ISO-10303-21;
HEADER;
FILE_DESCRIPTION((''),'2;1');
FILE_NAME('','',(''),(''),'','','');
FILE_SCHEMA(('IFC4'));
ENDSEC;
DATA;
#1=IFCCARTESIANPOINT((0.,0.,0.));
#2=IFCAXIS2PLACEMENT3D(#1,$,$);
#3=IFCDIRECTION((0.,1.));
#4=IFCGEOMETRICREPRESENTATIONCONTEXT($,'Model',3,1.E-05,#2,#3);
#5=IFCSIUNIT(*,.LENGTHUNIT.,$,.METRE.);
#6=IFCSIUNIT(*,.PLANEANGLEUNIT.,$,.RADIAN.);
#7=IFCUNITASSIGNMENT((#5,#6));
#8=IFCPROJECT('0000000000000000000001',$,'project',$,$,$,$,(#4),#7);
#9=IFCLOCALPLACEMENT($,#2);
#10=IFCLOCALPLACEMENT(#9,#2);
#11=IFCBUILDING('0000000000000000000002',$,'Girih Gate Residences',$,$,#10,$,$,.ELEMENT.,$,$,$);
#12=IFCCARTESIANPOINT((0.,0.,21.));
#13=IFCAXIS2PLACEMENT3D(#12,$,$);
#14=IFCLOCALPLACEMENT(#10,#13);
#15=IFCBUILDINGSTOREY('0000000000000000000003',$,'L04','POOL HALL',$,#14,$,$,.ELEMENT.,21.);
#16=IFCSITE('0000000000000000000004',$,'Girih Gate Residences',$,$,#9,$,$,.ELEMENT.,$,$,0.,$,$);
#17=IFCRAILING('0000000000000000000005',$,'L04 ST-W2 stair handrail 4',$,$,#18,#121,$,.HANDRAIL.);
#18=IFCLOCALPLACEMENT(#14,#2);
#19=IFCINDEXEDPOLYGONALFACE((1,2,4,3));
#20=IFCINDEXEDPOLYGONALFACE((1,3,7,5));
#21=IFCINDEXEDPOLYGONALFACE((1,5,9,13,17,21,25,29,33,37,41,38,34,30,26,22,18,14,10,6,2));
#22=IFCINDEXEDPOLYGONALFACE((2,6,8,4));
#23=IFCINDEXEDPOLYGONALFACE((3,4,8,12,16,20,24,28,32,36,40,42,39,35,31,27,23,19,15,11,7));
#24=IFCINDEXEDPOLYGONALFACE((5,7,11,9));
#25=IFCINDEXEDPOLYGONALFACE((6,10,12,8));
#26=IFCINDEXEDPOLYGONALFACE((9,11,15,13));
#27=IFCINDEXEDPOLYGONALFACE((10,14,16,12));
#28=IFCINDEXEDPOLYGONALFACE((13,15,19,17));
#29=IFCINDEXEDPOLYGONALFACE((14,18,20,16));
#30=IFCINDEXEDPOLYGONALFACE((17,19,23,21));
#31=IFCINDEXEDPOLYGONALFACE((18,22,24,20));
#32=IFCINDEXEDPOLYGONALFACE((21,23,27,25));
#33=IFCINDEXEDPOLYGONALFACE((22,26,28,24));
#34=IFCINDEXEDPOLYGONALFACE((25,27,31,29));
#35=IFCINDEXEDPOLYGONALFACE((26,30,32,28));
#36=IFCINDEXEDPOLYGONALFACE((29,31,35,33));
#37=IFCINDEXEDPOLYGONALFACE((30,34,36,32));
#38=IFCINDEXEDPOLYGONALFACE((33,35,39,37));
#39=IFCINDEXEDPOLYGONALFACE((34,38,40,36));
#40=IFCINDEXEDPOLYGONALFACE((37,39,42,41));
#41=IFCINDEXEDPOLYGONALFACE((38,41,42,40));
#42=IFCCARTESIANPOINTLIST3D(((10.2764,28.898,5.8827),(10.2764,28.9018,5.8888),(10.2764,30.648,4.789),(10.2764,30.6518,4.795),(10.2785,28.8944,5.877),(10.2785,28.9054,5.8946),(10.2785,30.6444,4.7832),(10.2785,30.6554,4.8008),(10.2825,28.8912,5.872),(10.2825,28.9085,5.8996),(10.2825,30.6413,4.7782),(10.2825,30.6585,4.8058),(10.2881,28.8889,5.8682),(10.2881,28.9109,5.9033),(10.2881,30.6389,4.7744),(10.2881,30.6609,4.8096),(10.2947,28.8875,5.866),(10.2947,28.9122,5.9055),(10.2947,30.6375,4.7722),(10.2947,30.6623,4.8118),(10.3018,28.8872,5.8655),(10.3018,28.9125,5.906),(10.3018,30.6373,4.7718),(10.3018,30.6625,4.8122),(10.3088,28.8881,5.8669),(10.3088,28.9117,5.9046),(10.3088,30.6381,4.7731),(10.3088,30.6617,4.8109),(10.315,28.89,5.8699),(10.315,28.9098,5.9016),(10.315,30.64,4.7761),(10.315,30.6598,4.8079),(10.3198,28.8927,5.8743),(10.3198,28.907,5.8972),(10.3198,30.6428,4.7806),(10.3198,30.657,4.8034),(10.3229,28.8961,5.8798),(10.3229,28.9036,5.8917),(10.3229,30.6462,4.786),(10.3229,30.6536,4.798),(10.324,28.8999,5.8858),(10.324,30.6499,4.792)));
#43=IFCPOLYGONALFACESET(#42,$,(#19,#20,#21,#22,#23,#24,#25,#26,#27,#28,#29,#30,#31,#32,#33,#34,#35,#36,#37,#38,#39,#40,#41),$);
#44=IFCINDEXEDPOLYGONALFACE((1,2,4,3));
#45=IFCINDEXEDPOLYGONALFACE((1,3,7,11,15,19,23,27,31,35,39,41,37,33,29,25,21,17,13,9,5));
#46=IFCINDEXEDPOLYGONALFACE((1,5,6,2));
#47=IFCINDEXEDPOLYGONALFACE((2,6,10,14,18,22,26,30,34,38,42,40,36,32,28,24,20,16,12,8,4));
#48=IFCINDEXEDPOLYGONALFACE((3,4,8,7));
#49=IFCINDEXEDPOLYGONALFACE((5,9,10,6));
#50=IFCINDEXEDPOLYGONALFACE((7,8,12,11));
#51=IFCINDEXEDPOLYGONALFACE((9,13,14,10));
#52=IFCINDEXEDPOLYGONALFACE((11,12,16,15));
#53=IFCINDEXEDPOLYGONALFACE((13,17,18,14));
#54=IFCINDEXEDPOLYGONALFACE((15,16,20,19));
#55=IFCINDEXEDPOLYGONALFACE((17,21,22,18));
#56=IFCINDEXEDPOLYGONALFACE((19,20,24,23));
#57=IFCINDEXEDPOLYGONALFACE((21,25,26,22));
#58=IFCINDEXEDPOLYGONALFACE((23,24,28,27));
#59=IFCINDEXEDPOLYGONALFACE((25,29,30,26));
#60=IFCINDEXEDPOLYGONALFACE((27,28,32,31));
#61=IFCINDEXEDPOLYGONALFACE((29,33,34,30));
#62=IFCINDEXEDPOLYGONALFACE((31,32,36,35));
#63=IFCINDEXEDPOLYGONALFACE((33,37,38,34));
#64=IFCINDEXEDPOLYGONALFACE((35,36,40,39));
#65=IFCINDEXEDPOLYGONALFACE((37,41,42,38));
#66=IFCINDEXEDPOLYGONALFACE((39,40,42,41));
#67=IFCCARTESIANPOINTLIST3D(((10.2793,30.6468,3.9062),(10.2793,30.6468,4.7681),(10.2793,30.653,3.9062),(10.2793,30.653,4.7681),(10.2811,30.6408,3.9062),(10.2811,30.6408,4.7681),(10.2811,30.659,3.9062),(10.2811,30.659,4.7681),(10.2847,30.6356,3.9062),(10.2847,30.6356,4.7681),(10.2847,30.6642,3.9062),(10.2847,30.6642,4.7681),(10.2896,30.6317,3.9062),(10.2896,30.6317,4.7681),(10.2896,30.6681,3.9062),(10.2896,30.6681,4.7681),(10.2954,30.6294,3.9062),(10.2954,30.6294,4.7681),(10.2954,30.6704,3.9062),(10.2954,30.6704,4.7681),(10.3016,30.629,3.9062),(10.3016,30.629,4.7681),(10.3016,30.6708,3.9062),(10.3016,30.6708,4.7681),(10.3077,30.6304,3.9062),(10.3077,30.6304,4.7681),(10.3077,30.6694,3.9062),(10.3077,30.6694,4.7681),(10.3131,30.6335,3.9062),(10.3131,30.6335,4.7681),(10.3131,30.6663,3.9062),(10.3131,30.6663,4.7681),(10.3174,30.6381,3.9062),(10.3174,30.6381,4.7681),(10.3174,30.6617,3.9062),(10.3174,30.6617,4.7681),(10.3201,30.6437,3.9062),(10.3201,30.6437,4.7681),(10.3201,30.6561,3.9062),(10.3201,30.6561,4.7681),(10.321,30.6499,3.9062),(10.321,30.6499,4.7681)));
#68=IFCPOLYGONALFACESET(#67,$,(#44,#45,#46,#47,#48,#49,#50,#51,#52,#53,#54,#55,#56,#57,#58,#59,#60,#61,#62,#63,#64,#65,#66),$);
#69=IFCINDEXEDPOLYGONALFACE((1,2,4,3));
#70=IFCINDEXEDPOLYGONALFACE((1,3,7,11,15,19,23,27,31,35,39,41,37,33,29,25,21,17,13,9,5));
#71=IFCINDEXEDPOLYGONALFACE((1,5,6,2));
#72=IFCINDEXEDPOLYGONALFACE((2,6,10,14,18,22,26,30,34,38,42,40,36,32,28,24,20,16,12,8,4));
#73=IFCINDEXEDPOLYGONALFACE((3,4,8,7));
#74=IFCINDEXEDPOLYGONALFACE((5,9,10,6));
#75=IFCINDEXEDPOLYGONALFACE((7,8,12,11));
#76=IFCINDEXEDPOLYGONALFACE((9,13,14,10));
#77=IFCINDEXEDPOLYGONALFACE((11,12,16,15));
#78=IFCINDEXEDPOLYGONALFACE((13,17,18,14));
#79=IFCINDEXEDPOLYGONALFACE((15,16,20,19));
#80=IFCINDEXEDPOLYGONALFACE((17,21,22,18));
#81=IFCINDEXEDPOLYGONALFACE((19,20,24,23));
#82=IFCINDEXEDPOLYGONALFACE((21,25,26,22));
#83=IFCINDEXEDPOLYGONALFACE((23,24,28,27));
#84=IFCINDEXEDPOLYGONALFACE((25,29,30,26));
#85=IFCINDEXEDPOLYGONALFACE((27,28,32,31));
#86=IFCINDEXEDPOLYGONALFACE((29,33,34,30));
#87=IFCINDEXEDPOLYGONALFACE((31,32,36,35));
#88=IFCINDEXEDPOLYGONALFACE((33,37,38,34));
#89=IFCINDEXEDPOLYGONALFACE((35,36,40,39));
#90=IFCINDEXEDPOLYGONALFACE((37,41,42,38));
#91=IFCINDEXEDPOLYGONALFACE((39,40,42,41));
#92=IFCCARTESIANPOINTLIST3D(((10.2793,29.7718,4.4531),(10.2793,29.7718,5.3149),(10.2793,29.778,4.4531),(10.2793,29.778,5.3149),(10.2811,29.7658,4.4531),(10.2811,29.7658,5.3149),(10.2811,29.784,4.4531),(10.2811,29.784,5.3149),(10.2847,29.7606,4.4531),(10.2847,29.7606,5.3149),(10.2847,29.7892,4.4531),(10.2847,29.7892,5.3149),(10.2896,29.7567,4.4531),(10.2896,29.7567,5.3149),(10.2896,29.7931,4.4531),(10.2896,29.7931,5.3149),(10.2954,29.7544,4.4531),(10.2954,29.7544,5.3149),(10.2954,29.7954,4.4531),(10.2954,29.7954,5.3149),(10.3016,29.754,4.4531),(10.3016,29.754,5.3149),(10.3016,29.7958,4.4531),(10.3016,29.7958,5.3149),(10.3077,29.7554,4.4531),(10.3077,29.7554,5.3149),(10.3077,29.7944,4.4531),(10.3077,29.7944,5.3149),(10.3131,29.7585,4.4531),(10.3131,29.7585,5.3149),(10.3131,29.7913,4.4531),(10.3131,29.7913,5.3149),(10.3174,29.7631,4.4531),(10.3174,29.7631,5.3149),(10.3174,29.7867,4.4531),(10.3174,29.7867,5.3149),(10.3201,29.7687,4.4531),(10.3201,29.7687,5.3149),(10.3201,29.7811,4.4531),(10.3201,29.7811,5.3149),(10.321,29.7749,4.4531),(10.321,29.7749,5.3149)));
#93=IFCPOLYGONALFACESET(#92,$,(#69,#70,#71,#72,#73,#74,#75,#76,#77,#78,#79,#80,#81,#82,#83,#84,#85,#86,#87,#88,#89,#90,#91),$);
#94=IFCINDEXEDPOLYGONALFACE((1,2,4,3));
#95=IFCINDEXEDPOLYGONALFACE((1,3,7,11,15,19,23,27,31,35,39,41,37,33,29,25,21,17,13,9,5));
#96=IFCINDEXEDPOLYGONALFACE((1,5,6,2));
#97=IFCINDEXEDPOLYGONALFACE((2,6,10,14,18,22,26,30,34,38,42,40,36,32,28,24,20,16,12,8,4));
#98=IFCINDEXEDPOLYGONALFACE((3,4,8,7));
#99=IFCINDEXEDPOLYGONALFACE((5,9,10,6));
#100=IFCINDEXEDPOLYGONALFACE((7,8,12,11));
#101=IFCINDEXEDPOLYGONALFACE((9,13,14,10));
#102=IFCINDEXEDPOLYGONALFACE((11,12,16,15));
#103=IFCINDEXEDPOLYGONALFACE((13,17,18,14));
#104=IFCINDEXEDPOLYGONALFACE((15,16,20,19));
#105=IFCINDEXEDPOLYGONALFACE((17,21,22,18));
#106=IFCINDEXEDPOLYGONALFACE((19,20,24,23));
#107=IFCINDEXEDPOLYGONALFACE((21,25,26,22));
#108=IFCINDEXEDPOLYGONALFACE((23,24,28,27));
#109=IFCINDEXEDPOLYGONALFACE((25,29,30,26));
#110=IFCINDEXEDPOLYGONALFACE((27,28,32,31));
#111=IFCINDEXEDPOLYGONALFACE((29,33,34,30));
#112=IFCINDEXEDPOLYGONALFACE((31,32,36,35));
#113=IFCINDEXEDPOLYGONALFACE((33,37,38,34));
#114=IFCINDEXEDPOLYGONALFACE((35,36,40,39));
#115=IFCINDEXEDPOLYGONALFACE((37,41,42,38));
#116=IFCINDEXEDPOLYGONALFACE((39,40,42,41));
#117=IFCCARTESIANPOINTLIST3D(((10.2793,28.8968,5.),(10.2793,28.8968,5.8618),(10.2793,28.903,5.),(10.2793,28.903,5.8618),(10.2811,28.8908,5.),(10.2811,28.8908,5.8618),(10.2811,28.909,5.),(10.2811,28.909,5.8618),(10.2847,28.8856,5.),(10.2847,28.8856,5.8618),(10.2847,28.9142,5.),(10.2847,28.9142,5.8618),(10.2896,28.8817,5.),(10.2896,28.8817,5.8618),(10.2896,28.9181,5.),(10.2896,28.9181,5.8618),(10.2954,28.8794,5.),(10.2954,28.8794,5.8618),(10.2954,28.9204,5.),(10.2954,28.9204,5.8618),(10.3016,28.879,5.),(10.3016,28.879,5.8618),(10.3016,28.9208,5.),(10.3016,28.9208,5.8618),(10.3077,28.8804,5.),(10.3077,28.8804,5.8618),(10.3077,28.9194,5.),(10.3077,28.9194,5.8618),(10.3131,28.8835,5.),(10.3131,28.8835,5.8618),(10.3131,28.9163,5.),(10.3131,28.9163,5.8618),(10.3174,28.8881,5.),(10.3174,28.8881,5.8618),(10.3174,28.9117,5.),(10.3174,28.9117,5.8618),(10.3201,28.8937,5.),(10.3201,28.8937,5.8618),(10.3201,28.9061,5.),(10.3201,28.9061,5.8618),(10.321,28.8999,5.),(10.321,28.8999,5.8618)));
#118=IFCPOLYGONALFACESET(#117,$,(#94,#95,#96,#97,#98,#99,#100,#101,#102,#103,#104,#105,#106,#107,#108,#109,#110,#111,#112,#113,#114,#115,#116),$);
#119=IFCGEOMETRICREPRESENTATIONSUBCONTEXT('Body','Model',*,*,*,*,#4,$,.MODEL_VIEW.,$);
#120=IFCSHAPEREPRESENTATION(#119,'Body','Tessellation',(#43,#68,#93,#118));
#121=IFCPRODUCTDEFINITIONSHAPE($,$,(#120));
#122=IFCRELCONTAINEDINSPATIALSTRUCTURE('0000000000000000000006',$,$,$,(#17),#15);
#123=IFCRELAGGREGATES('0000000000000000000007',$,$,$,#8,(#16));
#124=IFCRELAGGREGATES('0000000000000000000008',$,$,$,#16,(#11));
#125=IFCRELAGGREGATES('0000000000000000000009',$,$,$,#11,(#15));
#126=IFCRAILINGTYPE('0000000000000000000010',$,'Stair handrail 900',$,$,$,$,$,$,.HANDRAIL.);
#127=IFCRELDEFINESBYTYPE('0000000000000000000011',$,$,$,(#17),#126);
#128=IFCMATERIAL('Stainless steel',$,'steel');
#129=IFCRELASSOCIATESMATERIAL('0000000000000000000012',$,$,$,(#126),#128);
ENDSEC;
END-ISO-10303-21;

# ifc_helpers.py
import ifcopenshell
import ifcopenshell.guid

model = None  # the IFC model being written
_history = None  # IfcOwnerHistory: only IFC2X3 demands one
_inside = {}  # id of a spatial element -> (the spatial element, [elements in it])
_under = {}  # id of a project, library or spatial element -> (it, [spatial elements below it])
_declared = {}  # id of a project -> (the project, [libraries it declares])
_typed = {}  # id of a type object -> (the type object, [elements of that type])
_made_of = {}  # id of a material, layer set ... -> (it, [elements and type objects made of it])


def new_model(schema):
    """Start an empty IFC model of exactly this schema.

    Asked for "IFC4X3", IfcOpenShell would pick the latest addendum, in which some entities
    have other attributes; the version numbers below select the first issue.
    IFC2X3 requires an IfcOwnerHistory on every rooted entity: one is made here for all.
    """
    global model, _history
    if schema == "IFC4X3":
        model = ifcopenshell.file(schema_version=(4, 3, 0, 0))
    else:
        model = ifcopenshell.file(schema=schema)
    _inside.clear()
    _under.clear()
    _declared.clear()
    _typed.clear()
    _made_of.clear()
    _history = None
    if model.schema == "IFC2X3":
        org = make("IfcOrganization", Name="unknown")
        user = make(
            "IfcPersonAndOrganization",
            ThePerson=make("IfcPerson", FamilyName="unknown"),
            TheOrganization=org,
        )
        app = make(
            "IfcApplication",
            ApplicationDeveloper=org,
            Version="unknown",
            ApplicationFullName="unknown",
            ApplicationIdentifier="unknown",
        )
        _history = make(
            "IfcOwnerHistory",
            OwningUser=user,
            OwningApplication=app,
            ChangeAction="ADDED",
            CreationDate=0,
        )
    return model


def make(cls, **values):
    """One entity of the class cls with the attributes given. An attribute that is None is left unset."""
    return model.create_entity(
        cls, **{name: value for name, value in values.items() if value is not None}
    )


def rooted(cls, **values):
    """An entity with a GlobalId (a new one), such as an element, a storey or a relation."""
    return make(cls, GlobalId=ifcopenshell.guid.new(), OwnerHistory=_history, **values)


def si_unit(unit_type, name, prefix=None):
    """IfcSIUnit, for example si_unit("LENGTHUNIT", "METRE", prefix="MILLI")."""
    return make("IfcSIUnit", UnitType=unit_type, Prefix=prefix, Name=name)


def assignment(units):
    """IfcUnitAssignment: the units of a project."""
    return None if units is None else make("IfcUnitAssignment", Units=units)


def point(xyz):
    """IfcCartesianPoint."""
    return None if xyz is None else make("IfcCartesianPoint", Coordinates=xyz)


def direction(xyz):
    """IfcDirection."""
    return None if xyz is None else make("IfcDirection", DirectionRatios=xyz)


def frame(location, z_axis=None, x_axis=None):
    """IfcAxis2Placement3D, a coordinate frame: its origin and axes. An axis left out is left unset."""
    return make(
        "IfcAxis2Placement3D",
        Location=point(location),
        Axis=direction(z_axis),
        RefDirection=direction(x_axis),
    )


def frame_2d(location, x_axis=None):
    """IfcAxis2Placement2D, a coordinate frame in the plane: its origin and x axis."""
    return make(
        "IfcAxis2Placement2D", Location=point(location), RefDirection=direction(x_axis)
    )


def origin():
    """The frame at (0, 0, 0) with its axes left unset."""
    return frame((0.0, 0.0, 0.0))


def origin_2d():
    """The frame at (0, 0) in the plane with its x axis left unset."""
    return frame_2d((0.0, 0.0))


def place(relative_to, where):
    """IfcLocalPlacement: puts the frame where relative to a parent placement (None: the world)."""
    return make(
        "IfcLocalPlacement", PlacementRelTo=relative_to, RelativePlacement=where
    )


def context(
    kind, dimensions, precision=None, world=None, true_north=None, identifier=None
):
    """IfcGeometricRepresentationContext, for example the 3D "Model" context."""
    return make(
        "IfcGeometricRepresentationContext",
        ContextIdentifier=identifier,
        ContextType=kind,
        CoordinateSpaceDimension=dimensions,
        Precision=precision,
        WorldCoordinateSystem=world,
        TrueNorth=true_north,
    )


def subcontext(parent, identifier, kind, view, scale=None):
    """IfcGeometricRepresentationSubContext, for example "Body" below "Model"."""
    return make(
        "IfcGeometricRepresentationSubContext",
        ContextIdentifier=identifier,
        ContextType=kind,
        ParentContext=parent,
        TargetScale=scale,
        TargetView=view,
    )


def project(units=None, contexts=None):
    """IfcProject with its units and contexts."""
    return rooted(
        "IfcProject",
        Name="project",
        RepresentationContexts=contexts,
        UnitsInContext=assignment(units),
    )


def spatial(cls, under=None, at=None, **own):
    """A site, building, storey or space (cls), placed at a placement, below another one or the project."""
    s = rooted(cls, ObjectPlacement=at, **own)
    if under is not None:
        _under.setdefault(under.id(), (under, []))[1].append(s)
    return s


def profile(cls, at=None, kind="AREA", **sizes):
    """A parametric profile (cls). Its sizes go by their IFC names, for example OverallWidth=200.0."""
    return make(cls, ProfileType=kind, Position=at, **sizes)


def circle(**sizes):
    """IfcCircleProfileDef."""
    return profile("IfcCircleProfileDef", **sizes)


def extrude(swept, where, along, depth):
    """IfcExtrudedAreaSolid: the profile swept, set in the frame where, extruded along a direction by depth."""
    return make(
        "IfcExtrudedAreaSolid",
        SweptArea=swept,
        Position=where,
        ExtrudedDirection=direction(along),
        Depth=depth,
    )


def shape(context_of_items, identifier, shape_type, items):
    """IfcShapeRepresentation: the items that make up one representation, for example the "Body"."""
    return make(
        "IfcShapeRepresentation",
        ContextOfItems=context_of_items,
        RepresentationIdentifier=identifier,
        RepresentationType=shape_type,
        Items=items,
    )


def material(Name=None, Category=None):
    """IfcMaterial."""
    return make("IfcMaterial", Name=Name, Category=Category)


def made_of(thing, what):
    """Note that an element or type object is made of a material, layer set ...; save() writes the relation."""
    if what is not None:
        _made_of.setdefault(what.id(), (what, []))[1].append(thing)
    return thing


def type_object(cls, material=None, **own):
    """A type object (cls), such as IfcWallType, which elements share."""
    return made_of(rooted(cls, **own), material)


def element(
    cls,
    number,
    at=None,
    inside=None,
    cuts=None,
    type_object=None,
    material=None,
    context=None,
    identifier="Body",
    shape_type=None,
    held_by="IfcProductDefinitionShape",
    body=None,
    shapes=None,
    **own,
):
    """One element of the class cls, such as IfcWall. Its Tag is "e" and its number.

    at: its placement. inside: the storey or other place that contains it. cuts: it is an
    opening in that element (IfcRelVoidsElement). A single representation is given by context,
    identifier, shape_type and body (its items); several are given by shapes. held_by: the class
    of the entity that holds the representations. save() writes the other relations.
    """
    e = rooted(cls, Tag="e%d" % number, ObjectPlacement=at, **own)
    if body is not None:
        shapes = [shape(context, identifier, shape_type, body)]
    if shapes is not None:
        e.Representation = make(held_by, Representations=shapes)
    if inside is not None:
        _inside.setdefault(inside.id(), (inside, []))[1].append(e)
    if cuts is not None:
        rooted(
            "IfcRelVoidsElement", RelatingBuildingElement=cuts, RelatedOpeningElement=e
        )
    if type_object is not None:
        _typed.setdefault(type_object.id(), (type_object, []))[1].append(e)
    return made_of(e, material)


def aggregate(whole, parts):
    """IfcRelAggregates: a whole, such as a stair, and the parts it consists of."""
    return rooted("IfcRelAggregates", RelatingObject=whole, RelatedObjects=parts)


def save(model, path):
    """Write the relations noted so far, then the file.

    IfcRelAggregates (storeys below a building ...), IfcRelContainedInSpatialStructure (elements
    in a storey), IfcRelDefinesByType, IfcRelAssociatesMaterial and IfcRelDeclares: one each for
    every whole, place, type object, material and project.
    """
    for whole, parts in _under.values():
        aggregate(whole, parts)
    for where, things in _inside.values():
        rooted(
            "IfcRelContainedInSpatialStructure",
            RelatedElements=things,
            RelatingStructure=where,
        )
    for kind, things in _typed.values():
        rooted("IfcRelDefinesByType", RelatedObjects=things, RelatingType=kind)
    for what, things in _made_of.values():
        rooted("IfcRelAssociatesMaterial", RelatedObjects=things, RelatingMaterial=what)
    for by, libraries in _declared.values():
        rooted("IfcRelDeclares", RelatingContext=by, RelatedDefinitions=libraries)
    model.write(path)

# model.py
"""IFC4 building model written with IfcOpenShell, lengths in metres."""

from ifc_helpers import new_model, si_unit, direction, frame, origin, origin_2d, place, context, subcontext, project, spatial, circle, extrude, material, type_object, element, save


model = new_model("IFC4")

# Units and contexts
model_context = context("Model", 3, precision=1e-05, world=origin(), true_north=direction((0.0, 1.0)))
body_context = subcontext(model_context, "Body", "Model", "MODEL_VIEW")
ifc_project = project(units=[si_unit("LENGTHUNIT", "METRE"), si_unit("PLANEANGLEUNIT", "RADIAN")], contexts=[model_context])

# Site, building, storey
site_placement = place(None, origin())
site = spatial("IfcSite", under=ifc_project, at=site_placement, Name="Girih Gate Residences", CompositionType="ELEMENT", RefElevation=0.0)
building_placement = place(site_placement, origin())
building = spatial("IfcBuilding", under=site, at=building_placement, Name="Girih Gate Residences", CompositionType="ELEMENT")
storey_placement = place(building_placement, frame((0.0, 0.0, 21.0)))
storey = spatial("IfcBuildingStorey", under=building, at=storey_placement, Name="L04", Description="POOL HALL", CompositionType="ELEMENT", Elevation=21.0)

# Railing
ifc_material_1 = material(Name="Stainless steel", Category="steel")
railing_type_1 = type_object("IfcRailingType", Name="Stair handrail 900", PredefinedType="HANDRAIL", material=ifc_material_1)
railing_1_placement = place(storey_placement, frame((10.3, 30.6499, 3.9062)))
element("IfcRailing", 1, at=railing_1_placement, inside=storey, type_object=railing_type_1, Name="L04 ST-W2 stair handrail 4", PredefinedType="HANDRAIL", context=body_context, shape_type="SweptSolid", body=[
    extrude(circle(Radius=0.0239, at=origin_2d()), frame((0.0, 0.0, 0.8857), z_axis=(0.0, -0.847998, 0.529999), x_axis=(1.0, 0.0, 0.0)), (0.0, 0.0, 1.0), 2.0637),
    extrude(circle(Radius=0.021, at=origin_2d()), origin(), (0.0, 0.0, 1.0), 0.8618),
    extrude(circle(Radius=0.021, at=origin_2d()), frame((0.0, -0.875, 0.5469)), (0.0, 0.0, 1.0), 0.8618),
    extrude(circle(Radius=0.021, at=origin_2d()), frame((0.0, -1.75, 1.0938)), (0.0, 0.0, 1.0), 0.8618),
])

save(model, "model.ifc")
